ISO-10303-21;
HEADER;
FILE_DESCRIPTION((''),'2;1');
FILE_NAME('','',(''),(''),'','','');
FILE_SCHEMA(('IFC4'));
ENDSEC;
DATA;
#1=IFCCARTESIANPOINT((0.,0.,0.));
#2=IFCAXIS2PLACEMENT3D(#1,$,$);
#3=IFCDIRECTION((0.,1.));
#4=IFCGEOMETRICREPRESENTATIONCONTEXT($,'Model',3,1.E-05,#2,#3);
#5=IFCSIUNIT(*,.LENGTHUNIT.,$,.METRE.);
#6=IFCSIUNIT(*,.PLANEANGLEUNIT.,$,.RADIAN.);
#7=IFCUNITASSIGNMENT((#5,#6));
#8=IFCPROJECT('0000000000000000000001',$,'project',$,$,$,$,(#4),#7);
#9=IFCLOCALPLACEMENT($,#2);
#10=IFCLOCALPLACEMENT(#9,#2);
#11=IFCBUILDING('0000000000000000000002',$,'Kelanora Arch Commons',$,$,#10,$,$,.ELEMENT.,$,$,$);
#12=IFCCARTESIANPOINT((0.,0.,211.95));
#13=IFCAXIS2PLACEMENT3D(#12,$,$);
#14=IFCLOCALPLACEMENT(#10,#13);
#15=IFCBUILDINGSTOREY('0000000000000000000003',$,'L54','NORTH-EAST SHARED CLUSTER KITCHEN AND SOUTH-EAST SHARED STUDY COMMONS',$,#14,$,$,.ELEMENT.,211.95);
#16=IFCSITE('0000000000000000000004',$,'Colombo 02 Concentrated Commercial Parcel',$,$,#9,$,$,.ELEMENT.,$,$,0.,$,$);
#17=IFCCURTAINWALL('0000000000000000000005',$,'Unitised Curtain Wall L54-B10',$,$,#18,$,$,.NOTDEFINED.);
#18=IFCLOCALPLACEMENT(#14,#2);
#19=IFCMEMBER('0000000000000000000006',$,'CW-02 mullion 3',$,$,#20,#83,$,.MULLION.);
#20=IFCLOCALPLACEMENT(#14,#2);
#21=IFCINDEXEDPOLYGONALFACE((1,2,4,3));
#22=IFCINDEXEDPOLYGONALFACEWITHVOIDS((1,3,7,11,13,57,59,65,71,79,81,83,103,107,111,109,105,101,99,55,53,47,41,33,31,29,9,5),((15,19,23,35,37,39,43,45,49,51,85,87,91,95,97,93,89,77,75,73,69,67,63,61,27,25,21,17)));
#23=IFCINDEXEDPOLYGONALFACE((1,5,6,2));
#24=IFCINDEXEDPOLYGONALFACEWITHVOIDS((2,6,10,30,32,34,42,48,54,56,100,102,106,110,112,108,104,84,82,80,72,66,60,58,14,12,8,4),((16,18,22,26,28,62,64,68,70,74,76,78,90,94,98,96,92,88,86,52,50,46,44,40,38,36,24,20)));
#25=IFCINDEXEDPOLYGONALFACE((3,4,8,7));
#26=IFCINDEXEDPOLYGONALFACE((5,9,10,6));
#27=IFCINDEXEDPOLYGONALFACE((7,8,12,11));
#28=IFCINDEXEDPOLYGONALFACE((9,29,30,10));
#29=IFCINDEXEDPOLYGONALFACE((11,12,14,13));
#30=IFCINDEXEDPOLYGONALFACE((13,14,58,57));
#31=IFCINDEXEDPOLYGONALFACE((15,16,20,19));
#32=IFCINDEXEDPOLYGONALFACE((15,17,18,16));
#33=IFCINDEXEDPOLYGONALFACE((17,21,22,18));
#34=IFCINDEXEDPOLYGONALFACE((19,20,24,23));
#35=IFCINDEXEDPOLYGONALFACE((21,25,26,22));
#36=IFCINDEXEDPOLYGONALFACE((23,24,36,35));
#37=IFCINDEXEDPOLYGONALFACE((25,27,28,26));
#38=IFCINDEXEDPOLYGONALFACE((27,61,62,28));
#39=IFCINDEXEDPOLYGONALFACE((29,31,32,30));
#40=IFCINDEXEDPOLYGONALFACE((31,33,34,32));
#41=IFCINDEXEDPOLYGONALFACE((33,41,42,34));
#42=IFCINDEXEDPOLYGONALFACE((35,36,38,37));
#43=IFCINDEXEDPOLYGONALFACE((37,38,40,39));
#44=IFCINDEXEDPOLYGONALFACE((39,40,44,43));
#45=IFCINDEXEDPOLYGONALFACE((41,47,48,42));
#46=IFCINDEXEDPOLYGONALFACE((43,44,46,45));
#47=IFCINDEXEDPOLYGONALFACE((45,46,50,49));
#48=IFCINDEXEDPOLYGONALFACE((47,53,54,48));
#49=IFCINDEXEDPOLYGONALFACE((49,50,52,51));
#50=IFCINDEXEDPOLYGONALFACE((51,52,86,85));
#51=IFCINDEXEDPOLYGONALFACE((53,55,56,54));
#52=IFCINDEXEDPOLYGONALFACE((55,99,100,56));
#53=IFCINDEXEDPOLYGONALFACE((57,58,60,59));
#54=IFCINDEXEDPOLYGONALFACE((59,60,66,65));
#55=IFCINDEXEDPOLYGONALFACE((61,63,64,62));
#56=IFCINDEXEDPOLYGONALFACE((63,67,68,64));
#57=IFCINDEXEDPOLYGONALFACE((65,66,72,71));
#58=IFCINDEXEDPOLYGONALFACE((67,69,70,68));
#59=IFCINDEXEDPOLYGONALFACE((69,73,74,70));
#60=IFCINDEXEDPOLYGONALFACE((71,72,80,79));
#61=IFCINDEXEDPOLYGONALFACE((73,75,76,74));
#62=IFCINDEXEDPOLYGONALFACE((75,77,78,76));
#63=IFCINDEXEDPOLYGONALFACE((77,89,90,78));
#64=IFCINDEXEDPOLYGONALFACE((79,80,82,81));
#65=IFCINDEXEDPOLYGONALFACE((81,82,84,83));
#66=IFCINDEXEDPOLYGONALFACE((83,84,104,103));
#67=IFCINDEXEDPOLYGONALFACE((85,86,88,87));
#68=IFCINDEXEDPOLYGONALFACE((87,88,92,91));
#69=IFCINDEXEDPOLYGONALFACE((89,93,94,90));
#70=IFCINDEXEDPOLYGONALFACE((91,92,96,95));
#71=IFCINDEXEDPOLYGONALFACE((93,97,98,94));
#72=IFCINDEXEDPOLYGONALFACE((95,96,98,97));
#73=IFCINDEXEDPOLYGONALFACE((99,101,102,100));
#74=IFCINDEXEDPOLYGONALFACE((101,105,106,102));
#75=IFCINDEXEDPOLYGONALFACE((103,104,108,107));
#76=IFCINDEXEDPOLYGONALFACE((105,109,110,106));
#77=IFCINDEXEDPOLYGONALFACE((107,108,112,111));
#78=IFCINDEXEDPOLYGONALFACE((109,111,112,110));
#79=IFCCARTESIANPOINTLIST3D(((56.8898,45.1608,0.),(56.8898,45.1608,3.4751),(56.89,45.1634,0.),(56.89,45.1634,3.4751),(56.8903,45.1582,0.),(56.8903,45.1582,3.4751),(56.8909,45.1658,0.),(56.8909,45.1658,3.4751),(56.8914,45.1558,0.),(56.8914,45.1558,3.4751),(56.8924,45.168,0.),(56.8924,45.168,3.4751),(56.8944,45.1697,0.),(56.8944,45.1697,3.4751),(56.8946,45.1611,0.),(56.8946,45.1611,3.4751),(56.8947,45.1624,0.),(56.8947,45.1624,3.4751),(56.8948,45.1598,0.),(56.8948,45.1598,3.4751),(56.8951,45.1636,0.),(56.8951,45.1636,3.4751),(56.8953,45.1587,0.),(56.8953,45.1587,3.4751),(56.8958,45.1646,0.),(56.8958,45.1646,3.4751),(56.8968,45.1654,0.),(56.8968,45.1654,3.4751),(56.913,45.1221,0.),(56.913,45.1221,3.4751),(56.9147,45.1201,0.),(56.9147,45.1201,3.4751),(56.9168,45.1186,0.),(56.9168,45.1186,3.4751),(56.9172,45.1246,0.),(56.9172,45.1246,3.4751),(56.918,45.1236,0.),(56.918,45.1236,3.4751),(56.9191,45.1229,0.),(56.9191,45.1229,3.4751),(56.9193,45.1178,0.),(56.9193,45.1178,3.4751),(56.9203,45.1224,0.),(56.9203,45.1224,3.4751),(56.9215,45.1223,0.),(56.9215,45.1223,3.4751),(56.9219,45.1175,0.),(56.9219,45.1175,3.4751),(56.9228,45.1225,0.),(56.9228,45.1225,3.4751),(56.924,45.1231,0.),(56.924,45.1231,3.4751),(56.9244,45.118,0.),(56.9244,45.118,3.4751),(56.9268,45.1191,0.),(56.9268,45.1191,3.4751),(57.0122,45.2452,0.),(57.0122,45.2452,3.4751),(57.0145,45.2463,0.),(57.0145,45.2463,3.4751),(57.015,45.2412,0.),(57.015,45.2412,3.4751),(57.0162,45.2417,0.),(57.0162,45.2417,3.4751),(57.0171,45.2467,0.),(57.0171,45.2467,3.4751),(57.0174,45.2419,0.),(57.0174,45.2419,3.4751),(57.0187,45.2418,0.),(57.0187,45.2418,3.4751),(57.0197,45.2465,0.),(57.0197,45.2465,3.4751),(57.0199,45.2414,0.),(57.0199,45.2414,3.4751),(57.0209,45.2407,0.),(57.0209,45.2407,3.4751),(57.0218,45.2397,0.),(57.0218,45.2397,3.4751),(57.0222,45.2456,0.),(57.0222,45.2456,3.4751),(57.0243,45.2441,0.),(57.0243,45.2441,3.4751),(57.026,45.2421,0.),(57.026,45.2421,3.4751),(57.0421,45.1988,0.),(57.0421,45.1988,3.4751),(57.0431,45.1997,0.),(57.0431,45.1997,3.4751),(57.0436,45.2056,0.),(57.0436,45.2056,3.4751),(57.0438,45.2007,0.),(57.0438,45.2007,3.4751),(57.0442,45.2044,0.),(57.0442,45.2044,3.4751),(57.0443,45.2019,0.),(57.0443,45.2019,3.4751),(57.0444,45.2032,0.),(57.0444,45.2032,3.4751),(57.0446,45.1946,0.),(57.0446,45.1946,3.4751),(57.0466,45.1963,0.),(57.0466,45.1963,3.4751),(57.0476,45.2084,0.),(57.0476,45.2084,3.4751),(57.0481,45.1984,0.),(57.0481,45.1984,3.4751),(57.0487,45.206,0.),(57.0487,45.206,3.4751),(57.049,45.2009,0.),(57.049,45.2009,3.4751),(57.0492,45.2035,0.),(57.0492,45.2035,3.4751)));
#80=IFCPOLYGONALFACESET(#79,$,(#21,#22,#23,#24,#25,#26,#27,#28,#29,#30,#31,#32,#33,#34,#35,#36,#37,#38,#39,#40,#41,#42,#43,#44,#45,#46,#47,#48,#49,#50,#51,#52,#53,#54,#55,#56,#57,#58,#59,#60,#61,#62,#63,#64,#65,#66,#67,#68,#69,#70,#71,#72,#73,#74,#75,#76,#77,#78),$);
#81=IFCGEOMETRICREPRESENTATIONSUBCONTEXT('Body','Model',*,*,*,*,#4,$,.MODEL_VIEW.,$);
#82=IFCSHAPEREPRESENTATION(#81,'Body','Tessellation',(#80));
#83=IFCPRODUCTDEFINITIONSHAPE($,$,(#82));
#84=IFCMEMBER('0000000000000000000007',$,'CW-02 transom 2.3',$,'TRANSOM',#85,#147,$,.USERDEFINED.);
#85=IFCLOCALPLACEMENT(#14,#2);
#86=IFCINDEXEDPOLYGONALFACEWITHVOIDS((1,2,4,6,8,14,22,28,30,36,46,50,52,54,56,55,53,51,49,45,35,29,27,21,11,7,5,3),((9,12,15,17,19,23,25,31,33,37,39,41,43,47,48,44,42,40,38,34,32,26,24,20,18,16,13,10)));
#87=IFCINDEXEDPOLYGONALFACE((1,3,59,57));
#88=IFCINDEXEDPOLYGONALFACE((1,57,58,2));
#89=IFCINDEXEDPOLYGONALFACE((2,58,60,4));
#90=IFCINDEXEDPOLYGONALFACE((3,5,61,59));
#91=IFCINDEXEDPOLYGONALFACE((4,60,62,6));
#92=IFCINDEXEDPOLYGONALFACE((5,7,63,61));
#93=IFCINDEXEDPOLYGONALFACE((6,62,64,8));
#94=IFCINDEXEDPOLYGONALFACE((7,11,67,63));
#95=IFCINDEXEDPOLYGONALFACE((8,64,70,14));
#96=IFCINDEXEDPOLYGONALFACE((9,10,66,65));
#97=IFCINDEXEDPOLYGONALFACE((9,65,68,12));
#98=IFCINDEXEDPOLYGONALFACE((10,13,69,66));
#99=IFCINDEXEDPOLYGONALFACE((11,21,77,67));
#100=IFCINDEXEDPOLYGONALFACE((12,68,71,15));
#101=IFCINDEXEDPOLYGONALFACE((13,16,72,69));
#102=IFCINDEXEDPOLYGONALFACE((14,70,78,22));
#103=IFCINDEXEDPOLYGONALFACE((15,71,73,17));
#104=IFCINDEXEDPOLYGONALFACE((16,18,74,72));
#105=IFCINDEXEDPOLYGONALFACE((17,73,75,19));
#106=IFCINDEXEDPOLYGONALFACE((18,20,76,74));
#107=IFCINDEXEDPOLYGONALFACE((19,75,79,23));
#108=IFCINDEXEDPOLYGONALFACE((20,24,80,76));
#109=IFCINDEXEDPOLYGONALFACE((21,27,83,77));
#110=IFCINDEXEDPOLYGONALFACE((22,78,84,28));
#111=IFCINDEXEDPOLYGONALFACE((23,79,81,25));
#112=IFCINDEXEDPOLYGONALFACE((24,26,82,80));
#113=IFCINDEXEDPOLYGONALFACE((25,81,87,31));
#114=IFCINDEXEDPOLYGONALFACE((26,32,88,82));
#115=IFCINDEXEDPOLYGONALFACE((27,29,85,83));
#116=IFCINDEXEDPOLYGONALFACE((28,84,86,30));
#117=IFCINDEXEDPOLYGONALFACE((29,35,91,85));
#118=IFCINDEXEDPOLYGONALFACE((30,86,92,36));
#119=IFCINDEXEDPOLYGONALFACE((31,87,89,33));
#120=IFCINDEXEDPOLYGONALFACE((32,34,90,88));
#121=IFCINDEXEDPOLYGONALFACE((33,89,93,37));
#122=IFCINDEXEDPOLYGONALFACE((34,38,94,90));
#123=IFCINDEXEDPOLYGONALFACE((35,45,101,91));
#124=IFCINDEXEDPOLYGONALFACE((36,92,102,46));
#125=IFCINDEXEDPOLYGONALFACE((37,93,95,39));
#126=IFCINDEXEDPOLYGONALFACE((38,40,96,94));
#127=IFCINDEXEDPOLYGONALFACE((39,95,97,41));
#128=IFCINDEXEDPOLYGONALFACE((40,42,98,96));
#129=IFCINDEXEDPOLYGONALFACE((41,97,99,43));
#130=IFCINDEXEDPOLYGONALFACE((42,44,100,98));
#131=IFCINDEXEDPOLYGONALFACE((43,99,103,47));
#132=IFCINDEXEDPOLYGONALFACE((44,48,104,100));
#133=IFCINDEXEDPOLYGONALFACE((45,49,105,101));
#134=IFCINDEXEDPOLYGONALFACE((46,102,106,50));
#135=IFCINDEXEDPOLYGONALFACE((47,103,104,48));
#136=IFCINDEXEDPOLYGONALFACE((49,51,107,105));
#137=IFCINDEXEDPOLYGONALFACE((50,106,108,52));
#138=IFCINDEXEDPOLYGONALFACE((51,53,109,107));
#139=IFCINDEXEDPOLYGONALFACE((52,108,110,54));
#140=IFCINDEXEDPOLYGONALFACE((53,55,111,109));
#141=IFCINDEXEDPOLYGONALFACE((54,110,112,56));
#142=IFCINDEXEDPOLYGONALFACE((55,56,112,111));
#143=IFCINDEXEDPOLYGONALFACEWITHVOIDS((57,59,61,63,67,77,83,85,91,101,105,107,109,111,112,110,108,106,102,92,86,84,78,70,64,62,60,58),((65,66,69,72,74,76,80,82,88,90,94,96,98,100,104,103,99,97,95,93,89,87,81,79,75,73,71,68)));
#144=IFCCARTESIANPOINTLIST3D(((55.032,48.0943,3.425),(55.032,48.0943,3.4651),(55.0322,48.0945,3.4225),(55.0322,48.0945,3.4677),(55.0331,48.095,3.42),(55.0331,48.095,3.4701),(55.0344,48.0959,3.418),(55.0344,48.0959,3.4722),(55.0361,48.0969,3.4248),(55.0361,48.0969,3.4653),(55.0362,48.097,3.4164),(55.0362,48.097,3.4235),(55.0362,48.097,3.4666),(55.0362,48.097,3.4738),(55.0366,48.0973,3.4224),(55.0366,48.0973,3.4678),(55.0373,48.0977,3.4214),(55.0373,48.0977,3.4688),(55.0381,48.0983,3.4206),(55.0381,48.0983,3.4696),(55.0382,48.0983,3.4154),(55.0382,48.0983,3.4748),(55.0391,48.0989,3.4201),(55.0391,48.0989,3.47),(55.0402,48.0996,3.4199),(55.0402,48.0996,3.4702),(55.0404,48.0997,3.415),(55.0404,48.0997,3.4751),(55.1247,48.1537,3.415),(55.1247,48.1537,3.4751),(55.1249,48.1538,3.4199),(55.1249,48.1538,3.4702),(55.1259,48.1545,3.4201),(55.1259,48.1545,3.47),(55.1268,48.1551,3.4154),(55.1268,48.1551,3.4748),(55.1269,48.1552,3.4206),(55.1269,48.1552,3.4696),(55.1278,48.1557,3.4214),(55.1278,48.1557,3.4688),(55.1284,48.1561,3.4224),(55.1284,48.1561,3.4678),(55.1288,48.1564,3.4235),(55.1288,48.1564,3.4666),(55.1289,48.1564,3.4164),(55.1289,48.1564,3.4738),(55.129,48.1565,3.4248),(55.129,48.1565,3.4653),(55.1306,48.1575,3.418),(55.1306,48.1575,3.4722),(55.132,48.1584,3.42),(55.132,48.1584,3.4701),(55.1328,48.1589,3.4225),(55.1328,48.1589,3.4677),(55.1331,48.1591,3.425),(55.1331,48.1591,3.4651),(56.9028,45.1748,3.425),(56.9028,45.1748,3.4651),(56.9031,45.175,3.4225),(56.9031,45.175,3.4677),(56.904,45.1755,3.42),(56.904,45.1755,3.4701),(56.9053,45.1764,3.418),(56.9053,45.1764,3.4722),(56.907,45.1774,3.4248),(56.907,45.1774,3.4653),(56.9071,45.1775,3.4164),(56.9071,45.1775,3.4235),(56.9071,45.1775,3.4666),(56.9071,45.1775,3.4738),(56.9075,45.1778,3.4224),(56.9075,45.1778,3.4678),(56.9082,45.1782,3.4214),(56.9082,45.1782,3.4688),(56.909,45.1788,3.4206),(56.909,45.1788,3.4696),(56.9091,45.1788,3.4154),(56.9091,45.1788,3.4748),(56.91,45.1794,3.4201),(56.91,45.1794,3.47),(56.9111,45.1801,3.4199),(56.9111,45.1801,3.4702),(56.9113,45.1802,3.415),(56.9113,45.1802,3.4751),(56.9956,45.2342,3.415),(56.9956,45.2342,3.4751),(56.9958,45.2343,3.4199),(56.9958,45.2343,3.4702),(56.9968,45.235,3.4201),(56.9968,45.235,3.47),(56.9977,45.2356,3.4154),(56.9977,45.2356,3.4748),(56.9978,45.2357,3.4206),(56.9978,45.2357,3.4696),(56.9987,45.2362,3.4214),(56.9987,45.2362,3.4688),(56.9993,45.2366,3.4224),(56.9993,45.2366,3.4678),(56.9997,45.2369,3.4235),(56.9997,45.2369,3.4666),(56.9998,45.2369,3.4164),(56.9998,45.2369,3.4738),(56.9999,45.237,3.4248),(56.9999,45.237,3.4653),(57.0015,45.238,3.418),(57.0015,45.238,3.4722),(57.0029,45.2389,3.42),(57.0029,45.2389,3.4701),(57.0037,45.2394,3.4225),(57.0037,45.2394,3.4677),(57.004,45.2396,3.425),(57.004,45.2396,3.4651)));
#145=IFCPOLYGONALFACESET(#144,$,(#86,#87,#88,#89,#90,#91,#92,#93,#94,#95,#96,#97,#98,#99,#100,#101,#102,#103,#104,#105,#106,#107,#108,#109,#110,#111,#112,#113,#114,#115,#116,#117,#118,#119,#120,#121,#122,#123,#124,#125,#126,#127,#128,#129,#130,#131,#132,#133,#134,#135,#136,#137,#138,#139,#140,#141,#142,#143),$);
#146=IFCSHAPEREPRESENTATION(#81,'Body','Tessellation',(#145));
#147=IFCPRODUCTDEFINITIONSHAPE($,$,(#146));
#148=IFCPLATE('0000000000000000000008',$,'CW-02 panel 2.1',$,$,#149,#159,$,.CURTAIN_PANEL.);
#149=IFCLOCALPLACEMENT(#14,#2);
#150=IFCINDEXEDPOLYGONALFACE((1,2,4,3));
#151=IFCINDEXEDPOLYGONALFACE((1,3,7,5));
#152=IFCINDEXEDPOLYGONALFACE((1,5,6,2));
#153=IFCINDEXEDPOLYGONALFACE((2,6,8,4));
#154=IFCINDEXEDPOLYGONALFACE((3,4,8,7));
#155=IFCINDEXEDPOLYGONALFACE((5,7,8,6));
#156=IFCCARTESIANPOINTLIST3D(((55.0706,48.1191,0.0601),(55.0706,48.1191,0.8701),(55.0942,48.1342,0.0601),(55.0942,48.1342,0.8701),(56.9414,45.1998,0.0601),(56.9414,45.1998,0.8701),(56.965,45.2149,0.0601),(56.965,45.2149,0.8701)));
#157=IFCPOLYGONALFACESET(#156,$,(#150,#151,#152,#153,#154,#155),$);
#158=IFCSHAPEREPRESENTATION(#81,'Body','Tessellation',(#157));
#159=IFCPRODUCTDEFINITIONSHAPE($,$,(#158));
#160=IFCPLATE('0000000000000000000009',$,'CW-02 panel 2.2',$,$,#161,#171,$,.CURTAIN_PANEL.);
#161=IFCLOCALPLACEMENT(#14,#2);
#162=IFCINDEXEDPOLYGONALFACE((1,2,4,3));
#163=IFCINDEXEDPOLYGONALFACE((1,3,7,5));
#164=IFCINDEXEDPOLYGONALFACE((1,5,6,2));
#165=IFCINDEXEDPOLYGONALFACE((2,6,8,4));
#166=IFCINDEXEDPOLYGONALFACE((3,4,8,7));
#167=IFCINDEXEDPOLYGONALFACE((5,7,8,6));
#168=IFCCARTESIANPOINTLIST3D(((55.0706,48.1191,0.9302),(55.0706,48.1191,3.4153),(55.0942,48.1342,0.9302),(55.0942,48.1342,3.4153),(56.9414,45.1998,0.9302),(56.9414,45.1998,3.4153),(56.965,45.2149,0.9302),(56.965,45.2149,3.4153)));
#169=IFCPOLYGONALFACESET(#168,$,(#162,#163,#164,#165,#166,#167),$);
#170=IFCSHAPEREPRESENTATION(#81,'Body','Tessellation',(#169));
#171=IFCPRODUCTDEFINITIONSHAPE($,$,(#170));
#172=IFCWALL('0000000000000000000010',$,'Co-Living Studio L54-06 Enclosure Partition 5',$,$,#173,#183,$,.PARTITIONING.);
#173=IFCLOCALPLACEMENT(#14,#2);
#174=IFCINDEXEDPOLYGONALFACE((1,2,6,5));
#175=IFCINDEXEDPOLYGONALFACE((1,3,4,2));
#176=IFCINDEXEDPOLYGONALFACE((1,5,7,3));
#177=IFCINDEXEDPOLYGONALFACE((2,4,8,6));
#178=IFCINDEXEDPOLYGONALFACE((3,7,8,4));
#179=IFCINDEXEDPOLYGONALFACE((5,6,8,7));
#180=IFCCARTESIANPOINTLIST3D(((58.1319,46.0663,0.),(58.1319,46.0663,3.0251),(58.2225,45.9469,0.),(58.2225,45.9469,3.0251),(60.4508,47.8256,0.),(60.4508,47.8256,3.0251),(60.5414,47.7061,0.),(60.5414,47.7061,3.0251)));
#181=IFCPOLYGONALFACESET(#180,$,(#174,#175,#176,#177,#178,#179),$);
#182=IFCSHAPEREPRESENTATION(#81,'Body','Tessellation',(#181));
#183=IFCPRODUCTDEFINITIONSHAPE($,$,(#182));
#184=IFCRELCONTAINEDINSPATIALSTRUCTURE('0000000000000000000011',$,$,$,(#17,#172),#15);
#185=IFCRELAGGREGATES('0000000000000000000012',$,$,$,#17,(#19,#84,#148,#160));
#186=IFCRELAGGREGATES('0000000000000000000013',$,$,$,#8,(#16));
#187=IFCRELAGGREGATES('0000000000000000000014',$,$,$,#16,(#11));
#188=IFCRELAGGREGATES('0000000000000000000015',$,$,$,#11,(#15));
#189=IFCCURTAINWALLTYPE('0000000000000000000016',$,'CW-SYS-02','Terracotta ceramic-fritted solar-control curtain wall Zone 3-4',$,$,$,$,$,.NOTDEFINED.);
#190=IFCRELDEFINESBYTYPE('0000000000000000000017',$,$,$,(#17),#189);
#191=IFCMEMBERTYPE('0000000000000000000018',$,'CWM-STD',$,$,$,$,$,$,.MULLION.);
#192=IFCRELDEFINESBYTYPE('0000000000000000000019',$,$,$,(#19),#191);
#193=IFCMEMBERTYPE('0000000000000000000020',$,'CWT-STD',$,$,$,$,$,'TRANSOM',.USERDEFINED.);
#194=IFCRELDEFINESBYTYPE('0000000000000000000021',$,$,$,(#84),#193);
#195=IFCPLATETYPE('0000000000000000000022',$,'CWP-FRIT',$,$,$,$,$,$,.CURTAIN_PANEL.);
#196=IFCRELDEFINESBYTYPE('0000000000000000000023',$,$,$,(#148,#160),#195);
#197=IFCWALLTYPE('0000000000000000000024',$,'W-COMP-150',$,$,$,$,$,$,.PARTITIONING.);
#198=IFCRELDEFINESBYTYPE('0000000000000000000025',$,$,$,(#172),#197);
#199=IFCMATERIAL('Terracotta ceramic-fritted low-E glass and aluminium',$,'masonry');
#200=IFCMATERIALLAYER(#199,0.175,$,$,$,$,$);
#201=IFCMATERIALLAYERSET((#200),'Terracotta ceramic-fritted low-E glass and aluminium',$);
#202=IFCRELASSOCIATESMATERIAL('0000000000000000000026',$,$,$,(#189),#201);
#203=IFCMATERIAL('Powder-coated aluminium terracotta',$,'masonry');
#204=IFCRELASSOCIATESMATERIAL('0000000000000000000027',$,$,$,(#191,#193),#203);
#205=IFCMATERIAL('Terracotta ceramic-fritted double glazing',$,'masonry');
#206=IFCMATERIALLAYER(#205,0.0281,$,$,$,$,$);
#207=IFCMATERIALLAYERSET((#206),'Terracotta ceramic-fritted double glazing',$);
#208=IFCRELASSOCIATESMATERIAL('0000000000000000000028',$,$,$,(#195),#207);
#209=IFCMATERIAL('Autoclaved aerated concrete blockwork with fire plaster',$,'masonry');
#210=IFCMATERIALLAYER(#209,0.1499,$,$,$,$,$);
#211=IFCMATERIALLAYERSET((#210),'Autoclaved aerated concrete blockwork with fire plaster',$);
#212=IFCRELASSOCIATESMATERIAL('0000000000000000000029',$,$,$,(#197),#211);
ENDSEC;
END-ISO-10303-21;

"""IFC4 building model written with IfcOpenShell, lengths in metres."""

from ifc_helpers import new_model, si_unit, direction, frame, frame_2d, origin, origin_2d, place, context, subcontext, project, spatial, rectangle, hollow_rectangle, extrude, source, transform, mapped, material, layer, layer_set, material_profile, profile_set, type_object, element, aggregate, save


model = new_model("IFC4")

# Units and contexts
model_context = context("Model", 3, precision=1e-05, world=origin(), true_north=direction((0.0, 1.0)))
body_context = subcontext(model_context, "Body", "Model", "MODEL_VIEW")
ifc_project = project(units=[si_unit("LENGTHUNIT", "METRE"), si_unit("PLANEANGLEUNIT", "RADIAN")], contexts=[model_context])

# Site, building, storey
site_placement = place(None, origin())
site = spatial("IfcSite", under=ifc_project, at=site_placement, Name="Colombo 02 Concentrated Commercial Parcel", CompositionType="ELEMENT", RefElevation=0.0)
building_placement = place(site_placement, origin())
building = spatial("IfcBuilding", under=site, at=building_placement, Name="Kelanora Arch Commons", CompositionType="ELEMENT")
storey_placement = place(building_placement, frame((0.0, 0.0, 211.95)))
storey = spatial("IfcBuildingStorey", under=building, at=storey_placement, Name="L54", Description="NORTH-EAST SHARED CLUSTER KITCHEN AND SOUTH-EAST SHARED STUDY COMMONS", CompositionType="ELEMENT", Elevation=211.95)

# Curtain wall, members, plates
ifc_material_1 = material(Name="Terracotta ceramic-fritted low-E glass and aluminium", Category="masonry")
ifc_layer_1 = layer(ifc_material_1, 0.175)
ifc_layer_set_1 = layer_set([ifc_layer_1], Name="Terracotta ceramic-fritted low-E glass and aluminium")
curtain_wall_type = type_object("IfcCurtainWallType", Name="CW-SYS-02", Description="Terracotta ceramic-fritted solar-control curtain wall Zone 3-4", PredefinedType="NOTDEFINED", material=ifc_layer_set_1)
curtain_wall_placement = place(storey_placement, origin())
curtain_wall = element("IfcCurtainWall", 1, at=curtain_wall_placement, inside=storey, type_object=curtain_wall_type, Name="Unitised Curtain Wall L54-B10", PredefinedType="NOTDEFINED")
ifc_material_2 = material(Name="Powder-coated aluminium terracotta", Category="masonry")
ifc_material_profile_1 = material_profile(ifc_material_2, hollow_rectangle(XDim=0.1599, YDim=0.0601, WallThickness=0.0049, InnerFilletRadius=0.0049, OuterFilletRadius=0.01, at=origin_2d()), Name="CWM160x60")
ifc_profile_set_1 = profile_set([ifc_material_profile_1], Name="Powder-coated aluminium terracotta")
member_type_1 = type_object("IfcMemberType", Name="CWM-STD", PredefinedType="MULLION", material=ifc_profile_set_1)
member_1_placement = place(storey_placement, frame((56.9695, 45.1821, 0.0), z_axis=(0.0, 0.0, 1.0), x_axis=(0.841948, 0.539559, 0.0)))
member_1 = element("IfcMember", 2, at=member_1_placement, type_object=member_type_1, Name="CW-02 mullion 3", PredefinedType="MULLION", context=body_context, shape_type="SweptSolid", body=[
    extrude(hollow_rectangle(XDim=0.1599, YDim=0.0601, WallThickness=0.0049, InnerFilletRadius=0.0049, OuterFilletRadius=0.01, at=origin_2d()), origin(), (0.0, 0.0, 1.0), 3.4751),
])
ifc_material_profile_2 = material_profile(ifc_material_2, hollow_rectangle(XDim=0.1201, YDim=0.0601, WallThickness=0.0049, InnerFilletRadius=0.0049, OuterFilletRadius=0.01, at=origin_2d()), Name="CWT120x60")
ifc_profile_set_2 = profile_set([ifc_material_profile_2], Name="Powder-coated aluminium terracotta")
member_type_2 = type_object("IfcMemberType", Name="CWT-STD", ElementType="TRANSOM", PredefinedType="USERDEFINED", material=ifc_profile_set_2)
member_2_placement = place(storey_placement, frame((55.0825, 48.1267, 3.4451), z_axis=(0.539547, -0.841955, 0.0), x_axis=(0.841955, 0.539547, 0.0)))
member_2 = element("IfcMember", 3, at=member_2_placement, type_object=member_type_2, Name="CW-02 transom 2.3", ObjectType="TRANSOM", PredefinedType="USERDEFINED", context=body_context, shape_type="SweptSolid", body=[
    extrude(hollow_rectangle(XDim=0.1201, YDim=0.0601, WallThickness=0.0049, InnerFilletRadius=0.0049, OuterFilletRadius=0.01, at=origin_2d()), origin(), (0.0, 0.0, 1.0), 3.4675),
])
ifc_material_3 = material(Name="Terracotta ceramic-fritted double glazing", Category="masonry")
ifc_layer_2 = layer(ifc_material_3, 0.0281)
ifc_layer_set_2 = layer_set([ifc_layer_2], Name="Terracotta ceramic-fritted double glazing")
plate_type = type_object("IfcPlateType", Name="CWP-FRIT", PredefinedType="CURTAIN_PANEL", material=ifc_layer_set_2)
shared_shape_1 = source(origin(), body_context, "Body", "SweptSolid", [
    extrude(rectangle(XDim=3.4673, YDim=0.0281, at=origin_2d()), origin(), (0.0, 0.0, 1.0), 0.8101),
])
plate_1_placement = place(storey_placement, frame((56.0178, 46.667, 0.0601), z_axis=(0.0, 0.0, 1.0), x_axis=(0.539559, -0.841948, 0.0)))
plate_1 = element("IfcPlate", 4, at=plate_1_placement, type_object=plate_type, Name="CW-02 panel 2.1", PredefinedType="CURTAIN_PANEL", context=body_context, shape_type="MappedRepresentation", body=[
    mapped(shared_shape_1, transform((0.0, 0.0, 0.0), scale=1.0)),
])
shared_shape_2 = source(origin(), body_context, "Body", "SweptSolid", [
    extrude(rectangle(XDim=3.4673, YDim=0.0281, at=origin_2d()), origin(), (0.0, 0.0, 1.0), 2.4851),
])
plate_2_placement = place(storey_placement, frame((56.0178, 46.667, 0.9302), z_axis=(0.0, 0.0, 1.0), x_axis=(0.539559, -0.841948, 0.0)))
plate_2 = element("IfcPlate", 5, at=plate_2_placement, type_object=plate_type, Name="CW-02 panel 2.2", PredefinedType="CURTAIN_PANEL", context=body_context, shape_type="MappedRepresentation", body=[
    mapped(shared_shape_2, transform((0.0, 0.0, 0.0), scale=1.0)),
])
aggregate(curtain_wall, [member_1, member_2, plate_1, plate_2])

# Wall
ifc_material_4 = material(Name="Autoclaved aerated concrete blockwork with fire plaster", Category="masonry")
ifc_layer_3 = layer(ifc_material_4, 0.1499)
ifc_layer_set_3 = layer_set([ifc_layer_3], Name="Autoclaved aerated concrete blockwork with fire plaster")
wall_type_1 = type_object("IfcWallType", Name="W-COMP-150", PredefinedType="PARTITIONING", material=ifc_layer_set_3)
wall_1_placement = place(storey_placement, frame((58.1772, 46.0066, 0.0), z_axis=(0.0, 0.0, 1.0), x_axis=(0.796666, 0.60442, 0.0)))
element("IfcWall", 6, at=wall_1_placement, inside=storey, type_object=wall_type_1, Name="Co-Living Studio L54-06 Enclosure Partition 5", PredefinedType="PARTITIONING", context=body_context, shape_type="SweptSolid", body=[
    extrude(rectangle(XDim=2.9106, YDim=0.1499, at=frame_2d((1.4553, 0.0))), origin(), (0.0, 0.0, 1.0), 3.0251),
])

save(model, "model.ifc")
